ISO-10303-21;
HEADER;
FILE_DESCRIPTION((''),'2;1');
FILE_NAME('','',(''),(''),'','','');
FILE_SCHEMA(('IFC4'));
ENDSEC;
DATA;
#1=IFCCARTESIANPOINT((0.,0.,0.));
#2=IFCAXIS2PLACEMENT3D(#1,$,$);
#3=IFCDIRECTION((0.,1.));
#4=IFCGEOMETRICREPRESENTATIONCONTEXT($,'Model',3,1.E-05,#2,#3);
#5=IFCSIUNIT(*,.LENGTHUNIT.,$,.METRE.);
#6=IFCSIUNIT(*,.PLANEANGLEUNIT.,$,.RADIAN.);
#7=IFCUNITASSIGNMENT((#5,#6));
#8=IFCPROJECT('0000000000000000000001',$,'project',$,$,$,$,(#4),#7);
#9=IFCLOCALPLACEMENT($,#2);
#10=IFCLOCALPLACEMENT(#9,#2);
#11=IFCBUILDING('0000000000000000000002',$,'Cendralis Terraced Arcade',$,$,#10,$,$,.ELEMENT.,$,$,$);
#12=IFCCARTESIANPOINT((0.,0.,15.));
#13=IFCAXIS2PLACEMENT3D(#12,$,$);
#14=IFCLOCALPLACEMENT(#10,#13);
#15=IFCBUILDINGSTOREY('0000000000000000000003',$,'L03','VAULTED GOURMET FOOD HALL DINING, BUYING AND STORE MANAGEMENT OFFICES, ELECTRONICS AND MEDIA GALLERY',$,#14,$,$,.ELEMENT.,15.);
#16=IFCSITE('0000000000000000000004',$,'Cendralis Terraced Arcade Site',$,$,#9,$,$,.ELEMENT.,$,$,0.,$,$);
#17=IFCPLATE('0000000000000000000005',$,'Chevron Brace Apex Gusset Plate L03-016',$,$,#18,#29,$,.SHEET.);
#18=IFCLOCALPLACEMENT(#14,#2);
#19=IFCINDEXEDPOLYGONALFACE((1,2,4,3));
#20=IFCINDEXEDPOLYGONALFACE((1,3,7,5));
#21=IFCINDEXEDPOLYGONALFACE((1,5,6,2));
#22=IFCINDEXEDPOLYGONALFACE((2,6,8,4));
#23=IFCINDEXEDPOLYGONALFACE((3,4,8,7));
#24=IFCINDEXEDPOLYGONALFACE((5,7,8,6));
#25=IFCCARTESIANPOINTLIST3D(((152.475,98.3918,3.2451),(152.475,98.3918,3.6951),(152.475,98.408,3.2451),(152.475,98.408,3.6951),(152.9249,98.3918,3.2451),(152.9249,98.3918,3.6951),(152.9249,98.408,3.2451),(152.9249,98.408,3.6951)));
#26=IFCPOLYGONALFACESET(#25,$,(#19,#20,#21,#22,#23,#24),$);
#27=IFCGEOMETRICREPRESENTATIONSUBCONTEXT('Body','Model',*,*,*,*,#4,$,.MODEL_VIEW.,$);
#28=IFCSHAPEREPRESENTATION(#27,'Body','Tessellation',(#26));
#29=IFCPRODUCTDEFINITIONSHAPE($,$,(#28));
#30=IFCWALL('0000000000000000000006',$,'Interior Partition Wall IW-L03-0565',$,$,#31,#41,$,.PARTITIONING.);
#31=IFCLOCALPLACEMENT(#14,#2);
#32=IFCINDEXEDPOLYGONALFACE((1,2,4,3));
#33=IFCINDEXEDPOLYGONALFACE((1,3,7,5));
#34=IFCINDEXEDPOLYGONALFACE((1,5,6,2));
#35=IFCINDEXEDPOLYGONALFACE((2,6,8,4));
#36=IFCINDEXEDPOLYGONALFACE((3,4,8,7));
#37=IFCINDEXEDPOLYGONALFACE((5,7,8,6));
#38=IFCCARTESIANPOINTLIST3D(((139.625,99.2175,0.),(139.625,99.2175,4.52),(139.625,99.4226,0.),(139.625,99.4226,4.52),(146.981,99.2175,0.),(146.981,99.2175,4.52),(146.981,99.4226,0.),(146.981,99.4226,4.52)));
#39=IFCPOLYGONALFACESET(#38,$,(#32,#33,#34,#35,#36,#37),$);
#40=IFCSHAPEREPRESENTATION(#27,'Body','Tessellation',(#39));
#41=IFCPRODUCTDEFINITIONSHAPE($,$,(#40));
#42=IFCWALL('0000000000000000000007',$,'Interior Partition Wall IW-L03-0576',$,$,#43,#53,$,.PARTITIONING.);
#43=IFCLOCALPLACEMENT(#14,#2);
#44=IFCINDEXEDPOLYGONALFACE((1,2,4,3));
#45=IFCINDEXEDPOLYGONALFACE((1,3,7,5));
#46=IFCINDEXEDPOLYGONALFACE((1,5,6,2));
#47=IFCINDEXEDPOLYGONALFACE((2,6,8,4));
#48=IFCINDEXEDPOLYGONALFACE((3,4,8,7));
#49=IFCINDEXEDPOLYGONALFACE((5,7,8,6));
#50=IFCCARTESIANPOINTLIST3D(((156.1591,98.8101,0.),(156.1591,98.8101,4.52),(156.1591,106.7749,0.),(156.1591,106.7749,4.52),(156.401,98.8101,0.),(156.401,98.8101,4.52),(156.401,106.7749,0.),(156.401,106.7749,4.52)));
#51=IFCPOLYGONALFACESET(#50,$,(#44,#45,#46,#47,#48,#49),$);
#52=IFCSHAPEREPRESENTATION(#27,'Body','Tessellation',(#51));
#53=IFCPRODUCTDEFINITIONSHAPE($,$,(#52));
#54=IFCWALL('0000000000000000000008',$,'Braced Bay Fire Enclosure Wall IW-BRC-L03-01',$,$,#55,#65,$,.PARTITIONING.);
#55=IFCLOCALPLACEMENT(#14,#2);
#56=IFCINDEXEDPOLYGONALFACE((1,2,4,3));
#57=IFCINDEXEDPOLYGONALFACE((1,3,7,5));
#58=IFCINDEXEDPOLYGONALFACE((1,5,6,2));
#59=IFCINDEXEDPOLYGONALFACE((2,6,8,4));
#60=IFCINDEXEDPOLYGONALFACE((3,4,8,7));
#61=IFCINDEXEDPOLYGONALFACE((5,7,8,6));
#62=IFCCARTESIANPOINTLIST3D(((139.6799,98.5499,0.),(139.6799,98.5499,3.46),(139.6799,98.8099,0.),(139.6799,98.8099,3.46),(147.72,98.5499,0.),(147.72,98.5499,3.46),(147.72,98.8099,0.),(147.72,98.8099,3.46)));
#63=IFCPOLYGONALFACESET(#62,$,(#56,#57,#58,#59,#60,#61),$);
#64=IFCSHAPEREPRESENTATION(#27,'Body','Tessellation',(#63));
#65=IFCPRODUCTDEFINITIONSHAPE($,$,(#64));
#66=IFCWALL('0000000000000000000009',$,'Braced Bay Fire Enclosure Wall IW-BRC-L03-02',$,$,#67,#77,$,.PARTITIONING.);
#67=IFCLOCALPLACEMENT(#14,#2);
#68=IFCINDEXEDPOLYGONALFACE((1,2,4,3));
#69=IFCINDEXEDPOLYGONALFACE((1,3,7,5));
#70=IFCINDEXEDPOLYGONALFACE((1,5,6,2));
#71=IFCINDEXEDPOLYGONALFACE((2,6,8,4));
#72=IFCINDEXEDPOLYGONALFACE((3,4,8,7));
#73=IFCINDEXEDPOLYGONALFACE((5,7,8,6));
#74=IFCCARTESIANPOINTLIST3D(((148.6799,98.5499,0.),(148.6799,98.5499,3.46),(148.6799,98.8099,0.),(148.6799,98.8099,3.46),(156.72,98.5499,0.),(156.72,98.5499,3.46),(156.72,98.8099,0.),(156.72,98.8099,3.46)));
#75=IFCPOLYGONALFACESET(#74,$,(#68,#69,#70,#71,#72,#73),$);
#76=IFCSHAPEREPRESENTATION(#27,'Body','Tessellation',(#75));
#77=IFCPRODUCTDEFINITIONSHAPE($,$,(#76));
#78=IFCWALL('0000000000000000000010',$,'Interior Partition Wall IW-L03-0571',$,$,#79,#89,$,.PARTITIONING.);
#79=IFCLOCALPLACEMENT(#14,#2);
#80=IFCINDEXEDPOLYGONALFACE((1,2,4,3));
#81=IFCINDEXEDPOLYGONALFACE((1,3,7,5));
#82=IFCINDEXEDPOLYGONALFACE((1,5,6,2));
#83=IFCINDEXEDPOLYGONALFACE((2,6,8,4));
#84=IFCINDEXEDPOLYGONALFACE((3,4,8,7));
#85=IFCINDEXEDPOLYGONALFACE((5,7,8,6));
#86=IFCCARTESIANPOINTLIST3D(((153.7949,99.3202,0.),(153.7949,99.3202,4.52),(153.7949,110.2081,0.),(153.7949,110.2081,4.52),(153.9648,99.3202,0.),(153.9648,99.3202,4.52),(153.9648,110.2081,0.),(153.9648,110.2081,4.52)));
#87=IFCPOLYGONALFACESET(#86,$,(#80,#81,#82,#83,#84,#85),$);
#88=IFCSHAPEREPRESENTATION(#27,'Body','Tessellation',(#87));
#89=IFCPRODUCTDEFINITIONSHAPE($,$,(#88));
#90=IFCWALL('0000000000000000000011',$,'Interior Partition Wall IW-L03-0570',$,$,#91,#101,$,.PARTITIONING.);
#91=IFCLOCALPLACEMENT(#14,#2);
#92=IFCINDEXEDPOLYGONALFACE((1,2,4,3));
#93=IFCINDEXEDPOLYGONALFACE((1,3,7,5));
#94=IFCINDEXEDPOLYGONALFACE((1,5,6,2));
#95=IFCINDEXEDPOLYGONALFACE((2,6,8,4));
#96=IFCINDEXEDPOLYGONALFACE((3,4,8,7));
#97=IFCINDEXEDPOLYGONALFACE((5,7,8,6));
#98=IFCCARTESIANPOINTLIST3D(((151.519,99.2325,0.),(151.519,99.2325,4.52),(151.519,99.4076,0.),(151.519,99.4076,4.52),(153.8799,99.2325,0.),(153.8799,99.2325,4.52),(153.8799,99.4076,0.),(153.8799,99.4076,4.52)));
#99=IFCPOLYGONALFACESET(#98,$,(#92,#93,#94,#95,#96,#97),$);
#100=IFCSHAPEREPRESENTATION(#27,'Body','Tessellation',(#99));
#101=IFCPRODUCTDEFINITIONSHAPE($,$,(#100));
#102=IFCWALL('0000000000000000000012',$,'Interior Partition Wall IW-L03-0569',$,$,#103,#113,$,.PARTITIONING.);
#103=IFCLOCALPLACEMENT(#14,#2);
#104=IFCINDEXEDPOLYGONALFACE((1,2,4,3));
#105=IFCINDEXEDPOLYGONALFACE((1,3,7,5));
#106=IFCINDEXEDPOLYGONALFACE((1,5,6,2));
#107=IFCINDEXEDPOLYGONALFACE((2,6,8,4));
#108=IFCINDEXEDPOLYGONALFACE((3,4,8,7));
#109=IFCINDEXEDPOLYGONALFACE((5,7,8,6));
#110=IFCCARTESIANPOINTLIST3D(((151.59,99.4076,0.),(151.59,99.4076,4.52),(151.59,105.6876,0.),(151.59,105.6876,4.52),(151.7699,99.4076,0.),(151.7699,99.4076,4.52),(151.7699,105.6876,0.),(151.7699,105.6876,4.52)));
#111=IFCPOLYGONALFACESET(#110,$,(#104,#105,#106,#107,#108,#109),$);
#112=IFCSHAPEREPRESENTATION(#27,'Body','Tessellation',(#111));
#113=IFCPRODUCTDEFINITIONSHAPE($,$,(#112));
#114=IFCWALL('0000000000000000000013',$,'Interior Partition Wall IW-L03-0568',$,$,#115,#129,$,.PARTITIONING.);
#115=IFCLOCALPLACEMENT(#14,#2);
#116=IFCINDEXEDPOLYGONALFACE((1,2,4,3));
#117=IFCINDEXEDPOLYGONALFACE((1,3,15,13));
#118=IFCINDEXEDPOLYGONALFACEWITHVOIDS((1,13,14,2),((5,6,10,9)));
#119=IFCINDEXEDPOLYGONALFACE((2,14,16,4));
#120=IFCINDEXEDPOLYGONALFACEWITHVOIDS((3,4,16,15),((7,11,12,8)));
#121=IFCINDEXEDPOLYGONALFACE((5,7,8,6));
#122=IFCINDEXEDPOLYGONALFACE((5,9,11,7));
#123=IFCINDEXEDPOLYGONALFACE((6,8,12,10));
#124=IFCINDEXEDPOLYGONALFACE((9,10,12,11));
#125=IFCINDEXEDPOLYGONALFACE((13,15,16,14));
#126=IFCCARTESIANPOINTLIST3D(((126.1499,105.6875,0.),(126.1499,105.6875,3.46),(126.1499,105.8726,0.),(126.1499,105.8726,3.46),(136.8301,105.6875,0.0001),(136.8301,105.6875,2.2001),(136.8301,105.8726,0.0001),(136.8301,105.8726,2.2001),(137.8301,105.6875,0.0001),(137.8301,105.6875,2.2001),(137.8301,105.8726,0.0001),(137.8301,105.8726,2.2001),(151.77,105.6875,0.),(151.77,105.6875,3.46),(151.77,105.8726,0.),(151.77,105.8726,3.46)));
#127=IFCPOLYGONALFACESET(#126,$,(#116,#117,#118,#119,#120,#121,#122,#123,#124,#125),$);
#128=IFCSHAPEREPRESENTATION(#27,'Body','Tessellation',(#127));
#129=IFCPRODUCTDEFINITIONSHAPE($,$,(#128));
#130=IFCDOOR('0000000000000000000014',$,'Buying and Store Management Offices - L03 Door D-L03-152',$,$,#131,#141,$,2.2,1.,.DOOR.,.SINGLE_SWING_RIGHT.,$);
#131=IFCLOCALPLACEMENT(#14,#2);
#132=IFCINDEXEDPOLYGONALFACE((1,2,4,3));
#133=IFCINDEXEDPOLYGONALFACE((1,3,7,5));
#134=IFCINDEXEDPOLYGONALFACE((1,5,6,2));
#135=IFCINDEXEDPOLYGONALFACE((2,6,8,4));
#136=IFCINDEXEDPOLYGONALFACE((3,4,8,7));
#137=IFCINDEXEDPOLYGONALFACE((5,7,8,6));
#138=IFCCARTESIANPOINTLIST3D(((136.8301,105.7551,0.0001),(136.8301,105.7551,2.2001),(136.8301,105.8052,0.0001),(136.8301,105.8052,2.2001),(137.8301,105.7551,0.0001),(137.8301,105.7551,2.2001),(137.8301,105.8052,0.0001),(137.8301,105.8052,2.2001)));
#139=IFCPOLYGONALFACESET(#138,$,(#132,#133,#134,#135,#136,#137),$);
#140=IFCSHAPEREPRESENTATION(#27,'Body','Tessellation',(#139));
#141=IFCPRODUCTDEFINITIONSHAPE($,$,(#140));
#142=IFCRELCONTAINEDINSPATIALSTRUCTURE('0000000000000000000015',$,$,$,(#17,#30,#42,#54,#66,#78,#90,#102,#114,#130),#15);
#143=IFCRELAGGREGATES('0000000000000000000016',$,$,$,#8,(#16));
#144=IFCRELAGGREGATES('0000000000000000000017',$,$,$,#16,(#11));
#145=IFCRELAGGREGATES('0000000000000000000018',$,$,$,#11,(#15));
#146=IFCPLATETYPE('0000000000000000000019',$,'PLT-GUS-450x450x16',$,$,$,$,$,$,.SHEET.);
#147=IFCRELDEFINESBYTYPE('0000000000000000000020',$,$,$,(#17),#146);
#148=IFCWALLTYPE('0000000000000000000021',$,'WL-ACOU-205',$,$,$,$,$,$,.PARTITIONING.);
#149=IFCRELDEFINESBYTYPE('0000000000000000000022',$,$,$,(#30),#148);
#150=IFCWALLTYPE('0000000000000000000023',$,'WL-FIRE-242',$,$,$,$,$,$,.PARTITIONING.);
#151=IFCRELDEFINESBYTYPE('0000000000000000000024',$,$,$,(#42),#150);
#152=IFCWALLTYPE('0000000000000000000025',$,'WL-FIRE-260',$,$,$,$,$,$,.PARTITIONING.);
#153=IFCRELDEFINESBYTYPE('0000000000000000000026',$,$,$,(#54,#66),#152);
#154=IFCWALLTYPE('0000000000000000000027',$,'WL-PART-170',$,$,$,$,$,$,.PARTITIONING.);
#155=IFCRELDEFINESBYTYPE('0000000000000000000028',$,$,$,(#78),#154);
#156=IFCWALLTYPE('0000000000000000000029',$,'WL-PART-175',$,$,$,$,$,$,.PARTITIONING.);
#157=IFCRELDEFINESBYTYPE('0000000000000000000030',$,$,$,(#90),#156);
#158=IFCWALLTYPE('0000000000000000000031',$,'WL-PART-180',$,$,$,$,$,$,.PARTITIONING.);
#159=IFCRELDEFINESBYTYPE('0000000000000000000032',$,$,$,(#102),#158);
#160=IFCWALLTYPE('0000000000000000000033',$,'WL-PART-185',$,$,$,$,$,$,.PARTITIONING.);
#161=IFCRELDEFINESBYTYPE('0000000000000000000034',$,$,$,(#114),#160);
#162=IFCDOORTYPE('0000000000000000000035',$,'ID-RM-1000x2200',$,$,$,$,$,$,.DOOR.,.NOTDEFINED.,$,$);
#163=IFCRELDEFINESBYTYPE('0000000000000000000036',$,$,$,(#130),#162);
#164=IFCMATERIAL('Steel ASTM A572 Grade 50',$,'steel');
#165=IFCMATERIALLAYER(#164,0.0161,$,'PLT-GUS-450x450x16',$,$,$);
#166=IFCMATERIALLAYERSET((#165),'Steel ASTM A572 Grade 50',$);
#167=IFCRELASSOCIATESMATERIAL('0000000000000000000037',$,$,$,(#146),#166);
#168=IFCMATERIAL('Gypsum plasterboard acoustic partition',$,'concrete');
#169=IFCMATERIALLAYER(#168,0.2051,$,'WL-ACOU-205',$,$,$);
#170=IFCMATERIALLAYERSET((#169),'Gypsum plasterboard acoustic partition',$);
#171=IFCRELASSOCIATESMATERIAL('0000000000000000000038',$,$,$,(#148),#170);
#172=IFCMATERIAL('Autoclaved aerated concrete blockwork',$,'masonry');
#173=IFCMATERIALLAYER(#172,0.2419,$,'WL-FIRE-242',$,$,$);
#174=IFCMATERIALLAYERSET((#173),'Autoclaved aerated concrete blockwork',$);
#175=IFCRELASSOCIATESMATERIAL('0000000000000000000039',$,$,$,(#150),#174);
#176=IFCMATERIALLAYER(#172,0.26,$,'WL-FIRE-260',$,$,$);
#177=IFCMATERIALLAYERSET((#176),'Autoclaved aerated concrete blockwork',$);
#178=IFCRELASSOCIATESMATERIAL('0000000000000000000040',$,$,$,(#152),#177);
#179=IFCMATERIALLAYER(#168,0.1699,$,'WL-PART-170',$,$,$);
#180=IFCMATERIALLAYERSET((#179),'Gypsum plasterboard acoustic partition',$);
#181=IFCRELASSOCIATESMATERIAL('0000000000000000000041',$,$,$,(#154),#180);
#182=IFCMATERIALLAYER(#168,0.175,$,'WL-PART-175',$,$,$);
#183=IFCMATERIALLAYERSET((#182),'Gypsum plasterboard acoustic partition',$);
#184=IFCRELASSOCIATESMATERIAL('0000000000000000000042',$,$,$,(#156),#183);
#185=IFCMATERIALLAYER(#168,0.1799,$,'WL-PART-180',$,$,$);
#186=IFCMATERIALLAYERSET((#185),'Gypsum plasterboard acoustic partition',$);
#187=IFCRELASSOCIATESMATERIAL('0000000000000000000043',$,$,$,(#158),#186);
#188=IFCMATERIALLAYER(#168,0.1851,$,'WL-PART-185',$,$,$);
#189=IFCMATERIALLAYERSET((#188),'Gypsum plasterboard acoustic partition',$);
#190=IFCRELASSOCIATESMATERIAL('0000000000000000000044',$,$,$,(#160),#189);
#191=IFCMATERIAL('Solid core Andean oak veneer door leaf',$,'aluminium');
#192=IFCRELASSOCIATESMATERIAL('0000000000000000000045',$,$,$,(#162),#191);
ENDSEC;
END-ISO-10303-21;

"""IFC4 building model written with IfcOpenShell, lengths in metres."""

from ifc_helpers import new_model, si_unit, direction, frame, frame_2d, origin, origin_2d, place, context, subcontext, project, spatial, rectangle, extrude, material, layer, layer_set, type_object, element, fill, save


model = new_model("IFC4")

# Units and contexts
model_context = context("Model", 3, precision=1e-05, world=origin(), true_north=direction((0.0, 1.0)))
body_context = subcontext(model_context, "Body", "Model", "MODEL_VIEW")
ifc_project = project(units=[si_unit("LENGTHUNIT", "METRE"), si_unit("PLANEANGLEUNIT", "RADIAN")], contexts=[model_context])

# Site, building, storey
site_placement = place(None, origin())
site = spatial("IfcSite", under=ifc_project, at=site_placement, Name="Cendralis Terraced Arcade Site", CompositionType="ELEMENT", RefElevation=0.0)
building_placement = place(site_placement, origin())
building = spatial("IfcBuilding", under=site, at=building_placement, Name="Cendralis Terraced Arcade", CompositionType="ELEMENT")
storey_placement = place(building_placement, frame((0.0, 0.0, 15.0)))
storey = spatial("IfcBuildingStorey", under=building, at=storey_placement, Name="L03", Description="VAULTED GOURMET FOOD HALL DINING, BUYING AND STORE MANAGEMENT OFFICES, ELECTRONICS AND MEDIA GALLERY", CompositionType="ELEMENT", Elevation=15.0)

# Shared definitions
ifc_material_1 = material(Name="Steel ASTM A572 Grade 50", Category="steel")

# Plate
ifc_layer_1 = layer(ifc_material_1, 0.0161, Name="PLT-GUS-450x450x16")
ifc_layer_set_1 = layer_set([ifc_layer_1], Name="Steel ASTM A572 Grade 50")
plate_type_1 = type_object("IfcPlateType", Name="PLT-GUS-450x450x16", PredefinedType="SHEET", material=ifc_layer_set_1)
plate_1_placement = place(storey_placement, frame((152.7, 98.3999, 3.2451), z_axis=(0.0, 0.0, 1.0), x_axis=(1.0, 0.0, 0.0)))
element("IfcPlate", 1, at=plate_1_placement, inside=storey, type_object=plate_type_1, Name="Chevron Brace Apex Gusset Plate L03-016", PredefinedType="SHEET", context=body_context, shape_type="SweptSolid", body=[
    extrude(rectangle(XDim=0.45, YDim=0.0161, at=origin_2d()), origin(), (0.0, 0.0, 1.0), 0.45),
])

# Walls
ifc_material_2 = material(Name="Gypsum plasterboard acoustic partition", Category="concrete")
ifc_layer_2 = layer(ifc_material_2, 0.2051, Name="WL-ACOU-205")
ifc_layer_set_2 = layer_set([ifc_layer_2], Name="Gypsum plasterboard acoustic partition")
wall_type_1 = type_object("IfcWallType", Name="WL-ACOU-205", PredefinedType="PARTITIONING", material=ifc_layer_set_2)
wall_1_placement = place(storey_placement, frame((146.981, 99.3201, 0.0), z_axis=(0.0, 0.0, 1.0), x_axis=(-1.0, 0.0, 0.0)))
element("IfcWall", 2, at=wall_1_placement, inside=storey, type_object=wall_type_1, Name="Interior Partition Wall IW-L03-0565", PredefinedType="PARTITIONING", context=body_context, shape_type="SweptSolid", body=[
    extrude(rectangle(XDim=7.356, YDim=0.2051, at=frame_2d((3.678, 0.0))), origin(), (0.0, 0.0, 1.0), 4.52),
])
ifc_material_3 = material(Name="Autoclaved aerated concrete blockwork", Category="masonry")
ifc_layer_3 = layer(ifc_material_3, 0.2419, Name="WL-FIRE-242")
ifc_layer_set_3 = layer_set([ifc_layer_3], Name="Autoclaved aerated concrete blockwork")
wall_type_2 = type_object("IfcWallType", Name="WL-FIRE-242", PredefinedType="PARTITIONING", material=ifc_layer_set_3)
wall_2_placement = place(storey_placement, frame((156.28, 106.7749, 0.0), z_axis=(0.0, 0.0, 1.0), x_axis=(0.0, -1.0, 0.0)))
element("IfcWall", 3, at=wall_2_placement, inside=storey, type_object=wall_type_2, Name="Interior Partition Wall IW-L03-0576", PredefinedType="PARTITIONING", context=body_context, shape_type="SweptSolid", body=[
    extrude(rectangle(XDim=7.9648, YDim=0.2419, at=frame_2d((3.9824, 0.0))), origin(), (0.0, 0.0, 1.0), 4.52),
])
ifc_layer_4 = layer(ifc_material_3, 0.26, Name="WL-FIRE-260")
ifc_layer_set_4 = layer_set([ifc_layer_4], Name="Autoclaved aerated concrete blockwork")
wall_type_3 = type_object("IfcWallType", Name="WL-FIRE-260", PredefinedType="PARTITIONING", material=ifc_layer_set_4)
for number, where, z_axis, x_axis, name in (
    (4, (139.6799, 98.6799, 0.0), (0.0, 0.0, 1.0), (1.0, 0.0, 0.0), "Braced Bay Fire Enclosure Wall IW-BRC-L03-01"),
    (5, (148.6799, 98.6799, 0.0), (0.0, 0.0, 1.0), (1.0, 0.0, 0.0), "Braced Bay Fire Enclosure Wall IW-BRC-L03-02"),
):
    element("IfcWall", number, at=place(storey_placement, frame(where, z_axis=z_axis, x_axis=x_axis)), inside=storey, type_object=wall_type_3, Name=name, PredefinedType="PARTITIONING", context=body_context, shape_type="SweptSolid", body=[
        extrude(rectangle(XDim=8.04, YDim=0.26, at=frame_2d((4.02, 0.0))), origin(), (0.0, 0.0, 1.0), 3.46),
    ])
ifc_layer_5 = layer(ifc_material_2, 0.1699, Name="WL-PART-170")
ifc_layer_set_5 = layer_set([ifc_layer_5], Name="Gypsum plasterboard acoustic partition")
wall_type_4 = type_object("IfcWallType", Name="WL-PART-170", PredefinedType="PARTITIONING", material=ifc_layer_set_5)
wall_3_placement = place(storey_placement, frame((153.8799, 110.208, 0.0), z_axis=(0.0, 0.0, 1.0), x_axis=(0.0, -1.0, 0.0)))
element("IfcWall", 6, at=wall_3_placement, inside=storey, type_object=wall_type_4, Name="Interior Partition Wall IW-L03-0571", PredefinedType="PARTITIONING", context=body_context, shape_type="SweptSolid", body=[
    extrude(rectangle(XDim=10.8879, YDim=0.1699, at=frame_2d((5.4438, 0.0))), origin(), (0.0, 0.0, 1.0), 4.52),
])
ifc_layer_6 = layer(ifc_material_2, 0.175, Name="WL-PART-175")
ifc_layer_set_6 = layer_set([ifc_layer_6], Name="Gypsum plasterboard acoustic partition")
wall_type_5 = type_object("IfcWallType", Name="WL-PART-175", PredefinedType="PARTITIONING", material=ifc_layer_set_6)
wall_4_placement = place(storey_placement, frame((153.8799, 99.3201, 0.0), z_axis=(0.0, 0.0, 1.0), x_axis=(-1.0, 0.0, 0.0)))
element("IfcWall", 7, at=wall_4_placement, inside=storey, type_object=wall_type_5, Name="Interior Partition Wall IW-L03-0570", PredefinedType="PARTITIONING", context=body_context, shape_type="SweptSolid", body=[
    extrude(rectangle(XDim=2.3608, YDim=0.175, at=frame_2d((1.1804, 0.0))), origin(), (0.0, 0.0, 1.0), 4.52),
])
ifc_layer_7 = layer(ifc_material_2, 0.1799, Name="WL-PART-180")
ifc_layer_set_7 = layer_set([ifc_layer_7], Name="Gypsum plasterboard acoustic partition")
wall_type_6 = type_object("IfcWallType", Name="WL-PART-180", PredefinedType="PARTITIONING", material=ifc_layer_set_7)
wall_5_placement = place(storey_placement, frame((151.6799, 99.4075, 0.0), z_axis=(0.0, 0.0, 1.0), x_axis=(0.0, 1.0, 0.0)))
element("IfcWall", 8, at=wall_5_placement, inside=storey, type_object=wall_type_6, Name="Interior Partition Wall IW-L03-0569", PredefinedType="PARTITIONING", context=body_context, shape_type="SweptSolid", body=[
    extrude(rectangle(XDim=6.28, YDim=0.1799, at=frame_2d((3.1401, 0.0))), origin(), (0.0, 0.0, 1.0), 4.52),
])

# Wall, opening, door
ifc_layer_8 = layer(ifc_material_2, 0.1851, Name="WL-PART-185")
ifc_layer_set_8 = layer_set([ifc_layer_8], Name="Gypsum plasterboard acoustic partition")
wall_type_7 = type_object("IfcWallType", Name="WL-PART-185", PredefinedType="PARTITIONING", material=ifc_layer_set_8)
wall_6_placement = place(storey_placement, frame((151.77, 105.78, 0.0), z_axis=(0.0, 0.0, 1.0), x_axis=(-1.0, 0.0, 0.0)))
wall_6 = element("IfcWall", 9, at=wall_6_placement, inside=storey, type_object=wall_type_7, Name="Interior Partition Wall IW-L03-0568", PredefinedType="PARTITIONING", context=body_context, shape_type="SweptSolid", body=[
    extrude(rectangle(XDim=25.6201, YDim=0.1851, at=frame_2d((12.8101, 0.0))), origin(), (0.0, 0.0, 1.0), 3.46),
])
opening_placement = place(wall_6_placement, frame((13.9399, 0.0, 0.0)))
opening = element("IfcOpeningElement", 10, at=opening_placement, cuts=wall_6, PredefinedType="OPENING", context=body_context, shape_type="SweptSolid", body=[
    extrude(rectangle(XDim=1.0, YDim=2.2, at=frame_2d((0.5, 1.1001))), frame((0.0, 0.1045, 0.0), z_axis=(0.0, -1.0, 0.0), x_axis=(1.0, 0.0, 0.0)), (0.0, 0.0, 1.0), 0.209),
])
ifc_material_4 = material(Name="Solid core Andean oak veneer door leaf", Category="aluminium")
door_type = type_object("IfcDoorType", Name="ID-RM-1000x2200", OperationType="NOTDEFINED", PredefinedType="DOOR", material=ifc_material_4)
door_placement = place(opening_placement, origin())
door = element("IfcDoor", 11, at=door_placement, inside=storey, type_object=door_type, Name="Buying and Store Management Offices - L03 Door D-L03-152", OperationType="SINGLE_SWING_RIGHT", OverallHeight=2.2, OverallWidth=1.0, PredefinedType="DOOR", context=body_context, shape_type="SweptSolid", body=[
    extrude(rectangle(XDim=1.0, YDim=2.2, at=frame_2d((0.5, 1.1001))), frame((0.0, 0.0249, 0.0), z_axis=(0.0, -1.0, 0.0), x_axis=(1.0, 0.0, 0.0)), (0.0, 0.0, 1.0), 0.05),
])
fill(opening, door)

save(model, "model.ifc")
